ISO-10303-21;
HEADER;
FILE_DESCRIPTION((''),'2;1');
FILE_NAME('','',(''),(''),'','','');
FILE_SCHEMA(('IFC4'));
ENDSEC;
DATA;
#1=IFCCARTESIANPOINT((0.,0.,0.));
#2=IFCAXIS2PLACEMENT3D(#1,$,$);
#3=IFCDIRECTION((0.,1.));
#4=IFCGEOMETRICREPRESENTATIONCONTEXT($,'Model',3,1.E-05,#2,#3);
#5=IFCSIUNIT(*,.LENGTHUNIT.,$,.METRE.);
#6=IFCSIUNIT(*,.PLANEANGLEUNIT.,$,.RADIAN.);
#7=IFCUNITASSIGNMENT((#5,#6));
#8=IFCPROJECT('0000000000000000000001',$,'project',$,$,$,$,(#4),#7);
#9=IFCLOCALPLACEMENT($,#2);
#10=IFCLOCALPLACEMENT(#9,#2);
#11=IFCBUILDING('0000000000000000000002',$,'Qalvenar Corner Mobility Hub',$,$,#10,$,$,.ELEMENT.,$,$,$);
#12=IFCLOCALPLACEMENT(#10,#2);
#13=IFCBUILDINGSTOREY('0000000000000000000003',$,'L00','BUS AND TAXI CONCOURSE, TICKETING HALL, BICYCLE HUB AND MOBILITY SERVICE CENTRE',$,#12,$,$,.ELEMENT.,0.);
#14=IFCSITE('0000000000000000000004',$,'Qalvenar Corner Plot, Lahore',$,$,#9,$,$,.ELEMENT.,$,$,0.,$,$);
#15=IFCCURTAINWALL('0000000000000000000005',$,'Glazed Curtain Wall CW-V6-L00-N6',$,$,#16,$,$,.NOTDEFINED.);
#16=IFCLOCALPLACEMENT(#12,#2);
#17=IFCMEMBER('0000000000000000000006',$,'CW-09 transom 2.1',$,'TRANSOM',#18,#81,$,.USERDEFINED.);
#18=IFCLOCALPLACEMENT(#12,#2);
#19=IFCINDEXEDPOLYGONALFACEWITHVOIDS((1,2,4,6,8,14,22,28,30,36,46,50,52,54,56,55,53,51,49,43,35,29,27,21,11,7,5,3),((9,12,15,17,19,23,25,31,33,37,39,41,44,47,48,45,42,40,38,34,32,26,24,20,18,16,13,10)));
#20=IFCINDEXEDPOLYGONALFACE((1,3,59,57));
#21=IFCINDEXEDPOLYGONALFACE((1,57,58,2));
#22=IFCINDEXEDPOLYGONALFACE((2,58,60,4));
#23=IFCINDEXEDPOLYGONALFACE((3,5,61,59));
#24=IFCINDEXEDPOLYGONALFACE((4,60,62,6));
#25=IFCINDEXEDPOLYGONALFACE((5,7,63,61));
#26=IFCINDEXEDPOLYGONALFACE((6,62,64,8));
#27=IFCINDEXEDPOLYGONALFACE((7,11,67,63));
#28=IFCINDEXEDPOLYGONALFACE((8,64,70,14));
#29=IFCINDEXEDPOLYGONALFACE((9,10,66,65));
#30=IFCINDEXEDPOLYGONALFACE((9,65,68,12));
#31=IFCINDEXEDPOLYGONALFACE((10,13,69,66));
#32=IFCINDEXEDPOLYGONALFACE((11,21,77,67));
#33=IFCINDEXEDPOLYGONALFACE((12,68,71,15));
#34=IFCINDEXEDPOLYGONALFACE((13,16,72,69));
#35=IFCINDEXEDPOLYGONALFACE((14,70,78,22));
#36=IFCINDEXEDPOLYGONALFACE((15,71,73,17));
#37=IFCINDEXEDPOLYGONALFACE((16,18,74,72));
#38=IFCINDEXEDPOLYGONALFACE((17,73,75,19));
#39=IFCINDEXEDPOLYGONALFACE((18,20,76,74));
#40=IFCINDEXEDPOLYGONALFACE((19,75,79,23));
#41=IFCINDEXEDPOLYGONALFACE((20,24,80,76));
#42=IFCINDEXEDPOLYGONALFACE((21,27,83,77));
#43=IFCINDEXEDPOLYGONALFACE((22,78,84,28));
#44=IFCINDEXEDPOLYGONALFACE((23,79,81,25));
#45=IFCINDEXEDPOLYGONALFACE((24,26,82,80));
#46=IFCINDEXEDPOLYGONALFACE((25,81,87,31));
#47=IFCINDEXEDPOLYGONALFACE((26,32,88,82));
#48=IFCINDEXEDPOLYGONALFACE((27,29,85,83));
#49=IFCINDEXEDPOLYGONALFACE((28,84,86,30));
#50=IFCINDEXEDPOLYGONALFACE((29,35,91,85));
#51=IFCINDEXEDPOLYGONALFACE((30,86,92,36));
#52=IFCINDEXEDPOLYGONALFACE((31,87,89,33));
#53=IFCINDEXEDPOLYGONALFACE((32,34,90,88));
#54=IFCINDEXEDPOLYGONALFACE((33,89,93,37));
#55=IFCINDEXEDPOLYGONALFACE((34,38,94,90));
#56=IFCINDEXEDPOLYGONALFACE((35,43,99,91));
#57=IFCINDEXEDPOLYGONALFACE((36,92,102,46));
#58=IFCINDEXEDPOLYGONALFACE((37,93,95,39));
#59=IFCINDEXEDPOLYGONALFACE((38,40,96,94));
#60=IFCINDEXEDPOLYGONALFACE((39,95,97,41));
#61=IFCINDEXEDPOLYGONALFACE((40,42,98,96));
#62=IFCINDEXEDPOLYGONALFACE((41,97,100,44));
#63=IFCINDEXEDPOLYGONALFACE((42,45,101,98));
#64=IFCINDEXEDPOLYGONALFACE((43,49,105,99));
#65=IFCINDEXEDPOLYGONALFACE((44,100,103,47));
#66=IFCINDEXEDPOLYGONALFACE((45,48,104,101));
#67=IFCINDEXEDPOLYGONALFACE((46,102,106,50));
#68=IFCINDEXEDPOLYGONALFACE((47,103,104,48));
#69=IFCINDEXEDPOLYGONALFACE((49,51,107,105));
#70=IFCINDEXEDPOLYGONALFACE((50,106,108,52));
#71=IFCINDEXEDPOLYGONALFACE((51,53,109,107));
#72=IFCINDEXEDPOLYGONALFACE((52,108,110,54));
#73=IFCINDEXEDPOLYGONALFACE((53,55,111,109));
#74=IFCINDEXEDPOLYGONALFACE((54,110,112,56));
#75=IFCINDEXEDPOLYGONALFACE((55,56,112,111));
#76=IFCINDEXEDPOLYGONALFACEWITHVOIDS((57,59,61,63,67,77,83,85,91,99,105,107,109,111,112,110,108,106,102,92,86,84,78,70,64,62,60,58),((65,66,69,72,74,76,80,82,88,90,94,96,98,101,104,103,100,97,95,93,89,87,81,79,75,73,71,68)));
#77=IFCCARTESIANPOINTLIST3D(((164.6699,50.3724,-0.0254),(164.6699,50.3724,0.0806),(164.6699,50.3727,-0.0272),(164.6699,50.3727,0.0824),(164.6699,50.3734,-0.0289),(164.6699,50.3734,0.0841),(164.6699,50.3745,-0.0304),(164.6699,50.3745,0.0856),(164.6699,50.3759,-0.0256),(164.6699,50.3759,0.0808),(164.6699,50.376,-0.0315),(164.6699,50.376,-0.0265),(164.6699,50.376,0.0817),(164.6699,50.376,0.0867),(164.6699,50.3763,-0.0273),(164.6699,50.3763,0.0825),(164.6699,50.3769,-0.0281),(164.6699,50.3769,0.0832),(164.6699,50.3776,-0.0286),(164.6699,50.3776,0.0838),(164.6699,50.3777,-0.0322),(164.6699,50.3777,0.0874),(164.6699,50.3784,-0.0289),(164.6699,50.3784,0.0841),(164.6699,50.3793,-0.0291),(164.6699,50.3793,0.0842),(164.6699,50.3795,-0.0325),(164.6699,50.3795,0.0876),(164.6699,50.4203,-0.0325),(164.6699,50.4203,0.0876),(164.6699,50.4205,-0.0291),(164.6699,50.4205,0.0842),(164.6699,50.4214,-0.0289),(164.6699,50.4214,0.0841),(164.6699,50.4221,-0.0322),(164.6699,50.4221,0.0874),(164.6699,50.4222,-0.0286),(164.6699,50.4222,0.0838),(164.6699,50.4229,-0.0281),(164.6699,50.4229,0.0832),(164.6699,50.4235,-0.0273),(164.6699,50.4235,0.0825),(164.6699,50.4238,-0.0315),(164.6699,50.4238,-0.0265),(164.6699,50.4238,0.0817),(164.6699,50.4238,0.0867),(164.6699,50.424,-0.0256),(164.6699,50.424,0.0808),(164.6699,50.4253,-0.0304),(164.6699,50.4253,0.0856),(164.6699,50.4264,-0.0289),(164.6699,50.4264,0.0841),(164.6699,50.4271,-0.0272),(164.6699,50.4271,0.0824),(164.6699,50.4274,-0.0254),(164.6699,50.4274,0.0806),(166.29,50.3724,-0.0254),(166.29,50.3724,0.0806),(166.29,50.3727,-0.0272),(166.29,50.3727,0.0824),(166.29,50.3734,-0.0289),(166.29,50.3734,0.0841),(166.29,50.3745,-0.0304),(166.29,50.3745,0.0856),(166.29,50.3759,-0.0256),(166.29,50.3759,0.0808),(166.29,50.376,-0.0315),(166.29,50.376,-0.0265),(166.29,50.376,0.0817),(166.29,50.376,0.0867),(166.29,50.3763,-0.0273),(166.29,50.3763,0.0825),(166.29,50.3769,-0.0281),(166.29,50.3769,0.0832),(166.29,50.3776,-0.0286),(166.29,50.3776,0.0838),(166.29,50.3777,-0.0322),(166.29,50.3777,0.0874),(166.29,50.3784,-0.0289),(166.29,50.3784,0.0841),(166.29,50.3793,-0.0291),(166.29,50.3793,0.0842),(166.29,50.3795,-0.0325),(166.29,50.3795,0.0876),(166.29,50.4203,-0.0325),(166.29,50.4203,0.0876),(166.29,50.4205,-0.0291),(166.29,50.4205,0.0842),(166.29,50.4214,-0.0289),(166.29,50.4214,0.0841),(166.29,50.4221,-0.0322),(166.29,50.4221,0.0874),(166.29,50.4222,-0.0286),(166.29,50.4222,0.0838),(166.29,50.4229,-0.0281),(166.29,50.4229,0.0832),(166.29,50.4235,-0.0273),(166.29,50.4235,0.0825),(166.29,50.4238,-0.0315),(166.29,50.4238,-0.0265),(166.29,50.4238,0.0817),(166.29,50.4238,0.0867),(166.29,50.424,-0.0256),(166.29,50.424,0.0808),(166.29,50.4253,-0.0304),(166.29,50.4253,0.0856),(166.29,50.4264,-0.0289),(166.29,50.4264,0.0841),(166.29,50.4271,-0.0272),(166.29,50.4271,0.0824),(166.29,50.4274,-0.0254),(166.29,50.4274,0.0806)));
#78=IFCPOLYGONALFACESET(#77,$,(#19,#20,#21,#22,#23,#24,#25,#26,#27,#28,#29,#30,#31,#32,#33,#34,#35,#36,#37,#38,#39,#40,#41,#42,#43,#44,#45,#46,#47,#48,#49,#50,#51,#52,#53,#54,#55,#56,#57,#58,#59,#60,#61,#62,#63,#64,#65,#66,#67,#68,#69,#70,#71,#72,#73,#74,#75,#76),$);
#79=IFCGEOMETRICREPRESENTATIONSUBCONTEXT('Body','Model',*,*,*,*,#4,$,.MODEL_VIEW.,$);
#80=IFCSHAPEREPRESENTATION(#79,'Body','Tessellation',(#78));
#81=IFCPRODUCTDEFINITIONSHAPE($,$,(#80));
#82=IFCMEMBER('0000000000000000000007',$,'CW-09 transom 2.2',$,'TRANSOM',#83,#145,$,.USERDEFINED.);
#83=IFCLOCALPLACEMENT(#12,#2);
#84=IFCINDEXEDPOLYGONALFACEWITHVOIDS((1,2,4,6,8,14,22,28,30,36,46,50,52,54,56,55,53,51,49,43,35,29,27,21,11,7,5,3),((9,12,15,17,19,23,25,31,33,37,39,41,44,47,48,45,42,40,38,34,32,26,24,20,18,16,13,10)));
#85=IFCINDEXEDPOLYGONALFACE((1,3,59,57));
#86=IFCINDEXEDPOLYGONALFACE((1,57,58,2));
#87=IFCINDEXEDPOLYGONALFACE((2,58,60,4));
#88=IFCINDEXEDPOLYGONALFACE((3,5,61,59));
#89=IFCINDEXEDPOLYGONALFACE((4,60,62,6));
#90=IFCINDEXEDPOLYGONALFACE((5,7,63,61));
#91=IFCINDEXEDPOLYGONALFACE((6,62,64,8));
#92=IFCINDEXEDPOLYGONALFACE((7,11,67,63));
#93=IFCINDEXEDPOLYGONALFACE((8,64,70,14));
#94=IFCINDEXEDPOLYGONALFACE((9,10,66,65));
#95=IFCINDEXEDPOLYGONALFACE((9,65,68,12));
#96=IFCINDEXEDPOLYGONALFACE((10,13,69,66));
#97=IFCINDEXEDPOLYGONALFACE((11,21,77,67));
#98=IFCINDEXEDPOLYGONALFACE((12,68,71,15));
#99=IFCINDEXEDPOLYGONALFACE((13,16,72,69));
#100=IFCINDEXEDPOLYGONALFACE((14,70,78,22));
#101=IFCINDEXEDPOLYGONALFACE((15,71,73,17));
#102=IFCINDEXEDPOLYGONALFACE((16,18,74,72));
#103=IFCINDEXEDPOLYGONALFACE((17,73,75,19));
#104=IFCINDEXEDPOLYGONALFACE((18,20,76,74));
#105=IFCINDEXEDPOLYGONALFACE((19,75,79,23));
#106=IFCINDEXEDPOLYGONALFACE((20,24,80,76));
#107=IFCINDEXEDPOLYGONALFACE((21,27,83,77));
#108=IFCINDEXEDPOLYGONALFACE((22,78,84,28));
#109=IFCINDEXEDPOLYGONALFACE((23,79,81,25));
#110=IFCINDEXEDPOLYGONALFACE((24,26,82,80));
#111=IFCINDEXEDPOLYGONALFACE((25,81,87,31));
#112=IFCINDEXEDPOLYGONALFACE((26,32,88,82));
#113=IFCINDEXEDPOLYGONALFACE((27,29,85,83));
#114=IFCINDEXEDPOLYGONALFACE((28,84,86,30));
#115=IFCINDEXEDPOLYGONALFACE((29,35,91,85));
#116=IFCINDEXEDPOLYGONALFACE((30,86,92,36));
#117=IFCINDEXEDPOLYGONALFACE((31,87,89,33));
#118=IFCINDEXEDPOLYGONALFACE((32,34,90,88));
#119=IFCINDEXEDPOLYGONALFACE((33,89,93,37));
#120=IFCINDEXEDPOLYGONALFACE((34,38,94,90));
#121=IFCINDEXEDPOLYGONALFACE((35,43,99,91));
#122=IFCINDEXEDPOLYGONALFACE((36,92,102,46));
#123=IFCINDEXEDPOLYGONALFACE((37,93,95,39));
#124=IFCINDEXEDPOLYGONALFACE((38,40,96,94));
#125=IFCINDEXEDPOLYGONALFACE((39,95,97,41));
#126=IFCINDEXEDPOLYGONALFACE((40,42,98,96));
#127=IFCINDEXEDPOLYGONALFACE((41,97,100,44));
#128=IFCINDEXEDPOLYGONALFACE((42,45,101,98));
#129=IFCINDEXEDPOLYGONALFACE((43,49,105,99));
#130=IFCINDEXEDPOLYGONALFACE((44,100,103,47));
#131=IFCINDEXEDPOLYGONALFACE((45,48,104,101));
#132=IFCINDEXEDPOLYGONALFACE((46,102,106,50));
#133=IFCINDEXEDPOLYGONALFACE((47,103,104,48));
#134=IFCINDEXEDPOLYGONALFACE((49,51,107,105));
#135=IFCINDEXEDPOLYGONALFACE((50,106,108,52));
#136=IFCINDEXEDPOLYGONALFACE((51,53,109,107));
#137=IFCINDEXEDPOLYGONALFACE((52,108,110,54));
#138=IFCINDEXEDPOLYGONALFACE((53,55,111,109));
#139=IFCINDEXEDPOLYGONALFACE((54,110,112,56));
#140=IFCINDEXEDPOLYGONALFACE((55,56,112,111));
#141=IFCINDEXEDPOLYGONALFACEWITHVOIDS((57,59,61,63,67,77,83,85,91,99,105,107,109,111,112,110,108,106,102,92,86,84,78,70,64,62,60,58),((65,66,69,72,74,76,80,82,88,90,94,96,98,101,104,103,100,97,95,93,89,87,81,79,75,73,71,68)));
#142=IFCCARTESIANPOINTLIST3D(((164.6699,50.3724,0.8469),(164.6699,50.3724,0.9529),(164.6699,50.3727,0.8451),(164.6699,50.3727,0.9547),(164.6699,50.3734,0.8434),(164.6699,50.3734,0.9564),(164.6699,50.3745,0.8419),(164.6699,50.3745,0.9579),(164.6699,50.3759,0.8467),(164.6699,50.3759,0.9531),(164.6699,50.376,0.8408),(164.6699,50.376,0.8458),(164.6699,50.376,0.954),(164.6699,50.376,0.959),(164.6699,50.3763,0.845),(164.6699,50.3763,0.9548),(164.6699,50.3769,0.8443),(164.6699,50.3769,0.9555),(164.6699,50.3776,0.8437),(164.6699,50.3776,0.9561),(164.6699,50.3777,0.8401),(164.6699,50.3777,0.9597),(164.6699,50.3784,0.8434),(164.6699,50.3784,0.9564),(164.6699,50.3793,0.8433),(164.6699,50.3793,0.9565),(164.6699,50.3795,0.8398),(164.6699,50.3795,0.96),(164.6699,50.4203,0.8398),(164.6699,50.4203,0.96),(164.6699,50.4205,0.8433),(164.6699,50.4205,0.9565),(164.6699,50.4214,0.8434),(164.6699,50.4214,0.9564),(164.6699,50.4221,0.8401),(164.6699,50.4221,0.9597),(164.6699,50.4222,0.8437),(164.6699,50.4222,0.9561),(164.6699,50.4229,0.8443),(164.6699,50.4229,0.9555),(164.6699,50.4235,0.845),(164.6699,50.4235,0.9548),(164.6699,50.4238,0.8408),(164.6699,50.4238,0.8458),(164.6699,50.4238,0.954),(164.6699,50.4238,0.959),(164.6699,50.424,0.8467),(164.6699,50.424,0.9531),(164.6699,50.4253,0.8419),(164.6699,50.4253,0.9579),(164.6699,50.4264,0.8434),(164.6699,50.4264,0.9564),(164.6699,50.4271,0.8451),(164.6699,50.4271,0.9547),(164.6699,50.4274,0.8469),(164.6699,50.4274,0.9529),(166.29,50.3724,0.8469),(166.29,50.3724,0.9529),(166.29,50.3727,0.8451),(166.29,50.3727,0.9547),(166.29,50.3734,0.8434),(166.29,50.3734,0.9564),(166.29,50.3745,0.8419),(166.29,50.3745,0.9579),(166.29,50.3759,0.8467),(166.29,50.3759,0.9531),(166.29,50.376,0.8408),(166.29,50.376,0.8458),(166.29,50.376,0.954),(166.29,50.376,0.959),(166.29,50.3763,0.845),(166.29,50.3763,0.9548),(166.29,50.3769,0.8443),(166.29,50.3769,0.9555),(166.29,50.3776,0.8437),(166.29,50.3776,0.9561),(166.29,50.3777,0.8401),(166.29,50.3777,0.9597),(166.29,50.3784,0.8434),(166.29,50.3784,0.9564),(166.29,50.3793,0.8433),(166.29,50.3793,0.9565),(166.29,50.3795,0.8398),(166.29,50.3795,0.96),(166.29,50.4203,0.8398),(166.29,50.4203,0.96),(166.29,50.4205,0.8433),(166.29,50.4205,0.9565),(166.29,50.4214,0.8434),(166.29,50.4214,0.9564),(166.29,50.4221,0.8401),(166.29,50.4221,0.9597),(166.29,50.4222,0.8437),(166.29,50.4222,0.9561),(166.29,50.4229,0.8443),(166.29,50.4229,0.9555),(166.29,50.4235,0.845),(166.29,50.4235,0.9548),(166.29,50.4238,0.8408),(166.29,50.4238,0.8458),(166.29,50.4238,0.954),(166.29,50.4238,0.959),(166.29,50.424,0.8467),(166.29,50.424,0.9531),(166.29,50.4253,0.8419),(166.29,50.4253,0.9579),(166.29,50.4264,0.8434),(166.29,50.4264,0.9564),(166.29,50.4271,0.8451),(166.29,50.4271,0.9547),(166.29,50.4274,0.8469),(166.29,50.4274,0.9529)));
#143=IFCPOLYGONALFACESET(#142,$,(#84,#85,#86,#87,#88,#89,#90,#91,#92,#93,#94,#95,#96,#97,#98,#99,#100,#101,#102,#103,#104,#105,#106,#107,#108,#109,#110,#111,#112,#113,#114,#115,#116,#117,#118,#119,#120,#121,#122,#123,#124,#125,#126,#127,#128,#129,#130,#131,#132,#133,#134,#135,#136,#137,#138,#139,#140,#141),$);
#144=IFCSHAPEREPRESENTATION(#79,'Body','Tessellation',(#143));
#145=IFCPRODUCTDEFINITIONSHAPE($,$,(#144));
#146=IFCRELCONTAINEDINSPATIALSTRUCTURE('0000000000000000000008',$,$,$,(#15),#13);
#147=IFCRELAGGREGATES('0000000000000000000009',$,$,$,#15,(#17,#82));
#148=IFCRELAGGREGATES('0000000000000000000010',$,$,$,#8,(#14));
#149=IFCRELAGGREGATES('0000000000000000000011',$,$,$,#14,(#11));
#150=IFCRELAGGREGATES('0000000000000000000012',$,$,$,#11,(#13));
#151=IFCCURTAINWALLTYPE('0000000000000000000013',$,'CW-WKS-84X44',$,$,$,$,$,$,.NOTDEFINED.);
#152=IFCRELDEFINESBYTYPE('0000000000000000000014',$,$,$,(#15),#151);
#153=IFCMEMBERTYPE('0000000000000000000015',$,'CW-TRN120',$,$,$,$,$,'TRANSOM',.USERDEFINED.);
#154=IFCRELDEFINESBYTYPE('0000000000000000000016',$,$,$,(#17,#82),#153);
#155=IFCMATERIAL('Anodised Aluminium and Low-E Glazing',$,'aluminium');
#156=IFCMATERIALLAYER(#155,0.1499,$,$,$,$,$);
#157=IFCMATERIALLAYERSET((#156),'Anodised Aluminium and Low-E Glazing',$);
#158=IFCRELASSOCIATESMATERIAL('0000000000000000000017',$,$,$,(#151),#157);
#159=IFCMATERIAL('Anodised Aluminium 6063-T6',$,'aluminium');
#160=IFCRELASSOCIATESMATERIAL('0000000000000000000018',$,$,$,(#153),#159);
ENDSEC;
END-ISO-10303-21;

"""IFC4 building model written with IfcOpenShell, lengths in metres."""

from ifc_helpers import new_model, si_unit, direction, frame, origin, origin_2d, place, context, subcontext, project, spatial, hollow_rectangle, extrude, material, layer, layer_set, material_profile, profile_set, type_object, element, aggregate, save


model = new_model("IFC4")

# Units and contexts
model_context = context("Model", 3, precision=1e-05, world=origin(), true_north=direction((0.0, 1.0)))
body_context = subcontext(model_context, "Body", "Model", "MODEL_VIEW")
ifc_project = project(units=[si_unit("LENGTHUNIT", "METRE"), si_unit("PLANEANGLEUNIT", "RADIAN")], contexts=[model_context])

# Site, building, storey
site_placement = place(None, origin())
site = spatial("IfcSite", under=ifc_project, at=site_placement, Name="Qalvenar Corner Plot, Lahore", CompositionType="ELEMENT", RefElevation=0.0)
building_placement = place(site_placement, origin())
building = spatial("IfcBuilding", under=site, at=building_placement, Name="Qalvenar Corner Mobility Hub", CompositionType="ELEMENT")
storey_placement = place(building_placement, origin())
storey = spatial("IfcBuildingStorey", under=building, at=storey_placement, Name="L00", Description="BUS AND TAXI CONCOURSE, TICKETING HALL, BICYCLE HUB AND MOBILITY SERVICE CENTRE", CompositionType="ELEMENT", Elevation=0.0)

# Curtain wall, members
ifc_material_1 = material(Name="Anodised Aluminium and Low-E Glazing", Category="aluminium")
ifc_layer_1 = layer(ifc_material_1, 0.1499)
ifc_layer_set_1 = layer_set([ifc_layer_1], Name="Anodised Aluminium and Low-E Glazing")
curtain_wall_type = type_object("IfcCurtainWallType", Name="CW-WKS-84X44", PredefinedType="NOTDEFINED", material=ifc_layer_set_1)
curtain_wall_placement = place(storey_placement, origin())
curtain_wall = element("IfcCurtainWall", 1, at=curtain_wall_placement, inside=storey, type_object=curtain_wall_type, Name="Glazed Curtain Wall CW-V6-L00-N6", PredefinedType="NOTDEFINED")
ifc_material_2 = material(Name="Anodised Aluminium 6063-T6", Category="aluminium")
ifc_material_profile_1 = material_profile(ifc_material_2, hollow_rectangle(XDim=0.0549, YDim=0.1201, WallThickness=0.0034, InnerFilletRadius=0.0034, OuterFilletRadius=0.0071, at=origin_2d()), Name="RHS120x55x3.5")
ifc_profile_set_1 = profile_set([ifc_material_profile_1], Name="Anodised Aluminium 6063-T6")
member_type_1 = type_object("IfcMemberType", Name="CW-TRN120", ElementType="TRANSOM", PredefinedType="USERDEFINED", material=ifc_profile_set_1)
member_1_placement = place(storey_placement, frame((166.29, 50.3999, 0.0276), z_axis=(-1.0, 0.0, 0.0), x_axis=(0.0, -1.0, 0.0)))
member_1 = element("IfcMember", 2, at=member_1_placement, type_object=member_type_1, Name="CW-09 transom 2.1", ObjectType="TRANSOM", PredefinedType="USERDEFINED", context=body_context, shape_type="SweptSolid", body=[
    extrude(hollow_rectangle(XDim=0.0549, YDim=0.1201, WallThickness=0.0034, InnerFilletRadius=0.0034, OuterFilletRadius=0.0071, at=origin_2d()), origin(), (0.0, 0.0, 1.0), 1.6201),
])
member_2_placement = place(storey_placement, frame((166.29, 50.3999, 0.8999), z_axis=(-1.0, 0.0, 0.0), x_axis=(0.0, -1.0, 0.0)))
member_2 = element("IfcMember", 3, at=member_2_placement, type_object=member_type_1, Name="CW-09 transom 2.2", ObjectType="TRANSOM", PredefinedType="USERDEFINED", context=body_context, shape_type="SweptSolid", body=[
    extrude(hollow_rectangle(XDim=0.0549, YDim=0.1201, WallThickness=0.0034, InnerFilletRadius=0.0034, OuterFilletRadius=0.0071, at=origin_2d()), origin(), (0.0, 0.0, 1.0), 1.6201),
])
aggregate(curtain_wall, [member_1, member_2])

save(model, "model.ifc")
